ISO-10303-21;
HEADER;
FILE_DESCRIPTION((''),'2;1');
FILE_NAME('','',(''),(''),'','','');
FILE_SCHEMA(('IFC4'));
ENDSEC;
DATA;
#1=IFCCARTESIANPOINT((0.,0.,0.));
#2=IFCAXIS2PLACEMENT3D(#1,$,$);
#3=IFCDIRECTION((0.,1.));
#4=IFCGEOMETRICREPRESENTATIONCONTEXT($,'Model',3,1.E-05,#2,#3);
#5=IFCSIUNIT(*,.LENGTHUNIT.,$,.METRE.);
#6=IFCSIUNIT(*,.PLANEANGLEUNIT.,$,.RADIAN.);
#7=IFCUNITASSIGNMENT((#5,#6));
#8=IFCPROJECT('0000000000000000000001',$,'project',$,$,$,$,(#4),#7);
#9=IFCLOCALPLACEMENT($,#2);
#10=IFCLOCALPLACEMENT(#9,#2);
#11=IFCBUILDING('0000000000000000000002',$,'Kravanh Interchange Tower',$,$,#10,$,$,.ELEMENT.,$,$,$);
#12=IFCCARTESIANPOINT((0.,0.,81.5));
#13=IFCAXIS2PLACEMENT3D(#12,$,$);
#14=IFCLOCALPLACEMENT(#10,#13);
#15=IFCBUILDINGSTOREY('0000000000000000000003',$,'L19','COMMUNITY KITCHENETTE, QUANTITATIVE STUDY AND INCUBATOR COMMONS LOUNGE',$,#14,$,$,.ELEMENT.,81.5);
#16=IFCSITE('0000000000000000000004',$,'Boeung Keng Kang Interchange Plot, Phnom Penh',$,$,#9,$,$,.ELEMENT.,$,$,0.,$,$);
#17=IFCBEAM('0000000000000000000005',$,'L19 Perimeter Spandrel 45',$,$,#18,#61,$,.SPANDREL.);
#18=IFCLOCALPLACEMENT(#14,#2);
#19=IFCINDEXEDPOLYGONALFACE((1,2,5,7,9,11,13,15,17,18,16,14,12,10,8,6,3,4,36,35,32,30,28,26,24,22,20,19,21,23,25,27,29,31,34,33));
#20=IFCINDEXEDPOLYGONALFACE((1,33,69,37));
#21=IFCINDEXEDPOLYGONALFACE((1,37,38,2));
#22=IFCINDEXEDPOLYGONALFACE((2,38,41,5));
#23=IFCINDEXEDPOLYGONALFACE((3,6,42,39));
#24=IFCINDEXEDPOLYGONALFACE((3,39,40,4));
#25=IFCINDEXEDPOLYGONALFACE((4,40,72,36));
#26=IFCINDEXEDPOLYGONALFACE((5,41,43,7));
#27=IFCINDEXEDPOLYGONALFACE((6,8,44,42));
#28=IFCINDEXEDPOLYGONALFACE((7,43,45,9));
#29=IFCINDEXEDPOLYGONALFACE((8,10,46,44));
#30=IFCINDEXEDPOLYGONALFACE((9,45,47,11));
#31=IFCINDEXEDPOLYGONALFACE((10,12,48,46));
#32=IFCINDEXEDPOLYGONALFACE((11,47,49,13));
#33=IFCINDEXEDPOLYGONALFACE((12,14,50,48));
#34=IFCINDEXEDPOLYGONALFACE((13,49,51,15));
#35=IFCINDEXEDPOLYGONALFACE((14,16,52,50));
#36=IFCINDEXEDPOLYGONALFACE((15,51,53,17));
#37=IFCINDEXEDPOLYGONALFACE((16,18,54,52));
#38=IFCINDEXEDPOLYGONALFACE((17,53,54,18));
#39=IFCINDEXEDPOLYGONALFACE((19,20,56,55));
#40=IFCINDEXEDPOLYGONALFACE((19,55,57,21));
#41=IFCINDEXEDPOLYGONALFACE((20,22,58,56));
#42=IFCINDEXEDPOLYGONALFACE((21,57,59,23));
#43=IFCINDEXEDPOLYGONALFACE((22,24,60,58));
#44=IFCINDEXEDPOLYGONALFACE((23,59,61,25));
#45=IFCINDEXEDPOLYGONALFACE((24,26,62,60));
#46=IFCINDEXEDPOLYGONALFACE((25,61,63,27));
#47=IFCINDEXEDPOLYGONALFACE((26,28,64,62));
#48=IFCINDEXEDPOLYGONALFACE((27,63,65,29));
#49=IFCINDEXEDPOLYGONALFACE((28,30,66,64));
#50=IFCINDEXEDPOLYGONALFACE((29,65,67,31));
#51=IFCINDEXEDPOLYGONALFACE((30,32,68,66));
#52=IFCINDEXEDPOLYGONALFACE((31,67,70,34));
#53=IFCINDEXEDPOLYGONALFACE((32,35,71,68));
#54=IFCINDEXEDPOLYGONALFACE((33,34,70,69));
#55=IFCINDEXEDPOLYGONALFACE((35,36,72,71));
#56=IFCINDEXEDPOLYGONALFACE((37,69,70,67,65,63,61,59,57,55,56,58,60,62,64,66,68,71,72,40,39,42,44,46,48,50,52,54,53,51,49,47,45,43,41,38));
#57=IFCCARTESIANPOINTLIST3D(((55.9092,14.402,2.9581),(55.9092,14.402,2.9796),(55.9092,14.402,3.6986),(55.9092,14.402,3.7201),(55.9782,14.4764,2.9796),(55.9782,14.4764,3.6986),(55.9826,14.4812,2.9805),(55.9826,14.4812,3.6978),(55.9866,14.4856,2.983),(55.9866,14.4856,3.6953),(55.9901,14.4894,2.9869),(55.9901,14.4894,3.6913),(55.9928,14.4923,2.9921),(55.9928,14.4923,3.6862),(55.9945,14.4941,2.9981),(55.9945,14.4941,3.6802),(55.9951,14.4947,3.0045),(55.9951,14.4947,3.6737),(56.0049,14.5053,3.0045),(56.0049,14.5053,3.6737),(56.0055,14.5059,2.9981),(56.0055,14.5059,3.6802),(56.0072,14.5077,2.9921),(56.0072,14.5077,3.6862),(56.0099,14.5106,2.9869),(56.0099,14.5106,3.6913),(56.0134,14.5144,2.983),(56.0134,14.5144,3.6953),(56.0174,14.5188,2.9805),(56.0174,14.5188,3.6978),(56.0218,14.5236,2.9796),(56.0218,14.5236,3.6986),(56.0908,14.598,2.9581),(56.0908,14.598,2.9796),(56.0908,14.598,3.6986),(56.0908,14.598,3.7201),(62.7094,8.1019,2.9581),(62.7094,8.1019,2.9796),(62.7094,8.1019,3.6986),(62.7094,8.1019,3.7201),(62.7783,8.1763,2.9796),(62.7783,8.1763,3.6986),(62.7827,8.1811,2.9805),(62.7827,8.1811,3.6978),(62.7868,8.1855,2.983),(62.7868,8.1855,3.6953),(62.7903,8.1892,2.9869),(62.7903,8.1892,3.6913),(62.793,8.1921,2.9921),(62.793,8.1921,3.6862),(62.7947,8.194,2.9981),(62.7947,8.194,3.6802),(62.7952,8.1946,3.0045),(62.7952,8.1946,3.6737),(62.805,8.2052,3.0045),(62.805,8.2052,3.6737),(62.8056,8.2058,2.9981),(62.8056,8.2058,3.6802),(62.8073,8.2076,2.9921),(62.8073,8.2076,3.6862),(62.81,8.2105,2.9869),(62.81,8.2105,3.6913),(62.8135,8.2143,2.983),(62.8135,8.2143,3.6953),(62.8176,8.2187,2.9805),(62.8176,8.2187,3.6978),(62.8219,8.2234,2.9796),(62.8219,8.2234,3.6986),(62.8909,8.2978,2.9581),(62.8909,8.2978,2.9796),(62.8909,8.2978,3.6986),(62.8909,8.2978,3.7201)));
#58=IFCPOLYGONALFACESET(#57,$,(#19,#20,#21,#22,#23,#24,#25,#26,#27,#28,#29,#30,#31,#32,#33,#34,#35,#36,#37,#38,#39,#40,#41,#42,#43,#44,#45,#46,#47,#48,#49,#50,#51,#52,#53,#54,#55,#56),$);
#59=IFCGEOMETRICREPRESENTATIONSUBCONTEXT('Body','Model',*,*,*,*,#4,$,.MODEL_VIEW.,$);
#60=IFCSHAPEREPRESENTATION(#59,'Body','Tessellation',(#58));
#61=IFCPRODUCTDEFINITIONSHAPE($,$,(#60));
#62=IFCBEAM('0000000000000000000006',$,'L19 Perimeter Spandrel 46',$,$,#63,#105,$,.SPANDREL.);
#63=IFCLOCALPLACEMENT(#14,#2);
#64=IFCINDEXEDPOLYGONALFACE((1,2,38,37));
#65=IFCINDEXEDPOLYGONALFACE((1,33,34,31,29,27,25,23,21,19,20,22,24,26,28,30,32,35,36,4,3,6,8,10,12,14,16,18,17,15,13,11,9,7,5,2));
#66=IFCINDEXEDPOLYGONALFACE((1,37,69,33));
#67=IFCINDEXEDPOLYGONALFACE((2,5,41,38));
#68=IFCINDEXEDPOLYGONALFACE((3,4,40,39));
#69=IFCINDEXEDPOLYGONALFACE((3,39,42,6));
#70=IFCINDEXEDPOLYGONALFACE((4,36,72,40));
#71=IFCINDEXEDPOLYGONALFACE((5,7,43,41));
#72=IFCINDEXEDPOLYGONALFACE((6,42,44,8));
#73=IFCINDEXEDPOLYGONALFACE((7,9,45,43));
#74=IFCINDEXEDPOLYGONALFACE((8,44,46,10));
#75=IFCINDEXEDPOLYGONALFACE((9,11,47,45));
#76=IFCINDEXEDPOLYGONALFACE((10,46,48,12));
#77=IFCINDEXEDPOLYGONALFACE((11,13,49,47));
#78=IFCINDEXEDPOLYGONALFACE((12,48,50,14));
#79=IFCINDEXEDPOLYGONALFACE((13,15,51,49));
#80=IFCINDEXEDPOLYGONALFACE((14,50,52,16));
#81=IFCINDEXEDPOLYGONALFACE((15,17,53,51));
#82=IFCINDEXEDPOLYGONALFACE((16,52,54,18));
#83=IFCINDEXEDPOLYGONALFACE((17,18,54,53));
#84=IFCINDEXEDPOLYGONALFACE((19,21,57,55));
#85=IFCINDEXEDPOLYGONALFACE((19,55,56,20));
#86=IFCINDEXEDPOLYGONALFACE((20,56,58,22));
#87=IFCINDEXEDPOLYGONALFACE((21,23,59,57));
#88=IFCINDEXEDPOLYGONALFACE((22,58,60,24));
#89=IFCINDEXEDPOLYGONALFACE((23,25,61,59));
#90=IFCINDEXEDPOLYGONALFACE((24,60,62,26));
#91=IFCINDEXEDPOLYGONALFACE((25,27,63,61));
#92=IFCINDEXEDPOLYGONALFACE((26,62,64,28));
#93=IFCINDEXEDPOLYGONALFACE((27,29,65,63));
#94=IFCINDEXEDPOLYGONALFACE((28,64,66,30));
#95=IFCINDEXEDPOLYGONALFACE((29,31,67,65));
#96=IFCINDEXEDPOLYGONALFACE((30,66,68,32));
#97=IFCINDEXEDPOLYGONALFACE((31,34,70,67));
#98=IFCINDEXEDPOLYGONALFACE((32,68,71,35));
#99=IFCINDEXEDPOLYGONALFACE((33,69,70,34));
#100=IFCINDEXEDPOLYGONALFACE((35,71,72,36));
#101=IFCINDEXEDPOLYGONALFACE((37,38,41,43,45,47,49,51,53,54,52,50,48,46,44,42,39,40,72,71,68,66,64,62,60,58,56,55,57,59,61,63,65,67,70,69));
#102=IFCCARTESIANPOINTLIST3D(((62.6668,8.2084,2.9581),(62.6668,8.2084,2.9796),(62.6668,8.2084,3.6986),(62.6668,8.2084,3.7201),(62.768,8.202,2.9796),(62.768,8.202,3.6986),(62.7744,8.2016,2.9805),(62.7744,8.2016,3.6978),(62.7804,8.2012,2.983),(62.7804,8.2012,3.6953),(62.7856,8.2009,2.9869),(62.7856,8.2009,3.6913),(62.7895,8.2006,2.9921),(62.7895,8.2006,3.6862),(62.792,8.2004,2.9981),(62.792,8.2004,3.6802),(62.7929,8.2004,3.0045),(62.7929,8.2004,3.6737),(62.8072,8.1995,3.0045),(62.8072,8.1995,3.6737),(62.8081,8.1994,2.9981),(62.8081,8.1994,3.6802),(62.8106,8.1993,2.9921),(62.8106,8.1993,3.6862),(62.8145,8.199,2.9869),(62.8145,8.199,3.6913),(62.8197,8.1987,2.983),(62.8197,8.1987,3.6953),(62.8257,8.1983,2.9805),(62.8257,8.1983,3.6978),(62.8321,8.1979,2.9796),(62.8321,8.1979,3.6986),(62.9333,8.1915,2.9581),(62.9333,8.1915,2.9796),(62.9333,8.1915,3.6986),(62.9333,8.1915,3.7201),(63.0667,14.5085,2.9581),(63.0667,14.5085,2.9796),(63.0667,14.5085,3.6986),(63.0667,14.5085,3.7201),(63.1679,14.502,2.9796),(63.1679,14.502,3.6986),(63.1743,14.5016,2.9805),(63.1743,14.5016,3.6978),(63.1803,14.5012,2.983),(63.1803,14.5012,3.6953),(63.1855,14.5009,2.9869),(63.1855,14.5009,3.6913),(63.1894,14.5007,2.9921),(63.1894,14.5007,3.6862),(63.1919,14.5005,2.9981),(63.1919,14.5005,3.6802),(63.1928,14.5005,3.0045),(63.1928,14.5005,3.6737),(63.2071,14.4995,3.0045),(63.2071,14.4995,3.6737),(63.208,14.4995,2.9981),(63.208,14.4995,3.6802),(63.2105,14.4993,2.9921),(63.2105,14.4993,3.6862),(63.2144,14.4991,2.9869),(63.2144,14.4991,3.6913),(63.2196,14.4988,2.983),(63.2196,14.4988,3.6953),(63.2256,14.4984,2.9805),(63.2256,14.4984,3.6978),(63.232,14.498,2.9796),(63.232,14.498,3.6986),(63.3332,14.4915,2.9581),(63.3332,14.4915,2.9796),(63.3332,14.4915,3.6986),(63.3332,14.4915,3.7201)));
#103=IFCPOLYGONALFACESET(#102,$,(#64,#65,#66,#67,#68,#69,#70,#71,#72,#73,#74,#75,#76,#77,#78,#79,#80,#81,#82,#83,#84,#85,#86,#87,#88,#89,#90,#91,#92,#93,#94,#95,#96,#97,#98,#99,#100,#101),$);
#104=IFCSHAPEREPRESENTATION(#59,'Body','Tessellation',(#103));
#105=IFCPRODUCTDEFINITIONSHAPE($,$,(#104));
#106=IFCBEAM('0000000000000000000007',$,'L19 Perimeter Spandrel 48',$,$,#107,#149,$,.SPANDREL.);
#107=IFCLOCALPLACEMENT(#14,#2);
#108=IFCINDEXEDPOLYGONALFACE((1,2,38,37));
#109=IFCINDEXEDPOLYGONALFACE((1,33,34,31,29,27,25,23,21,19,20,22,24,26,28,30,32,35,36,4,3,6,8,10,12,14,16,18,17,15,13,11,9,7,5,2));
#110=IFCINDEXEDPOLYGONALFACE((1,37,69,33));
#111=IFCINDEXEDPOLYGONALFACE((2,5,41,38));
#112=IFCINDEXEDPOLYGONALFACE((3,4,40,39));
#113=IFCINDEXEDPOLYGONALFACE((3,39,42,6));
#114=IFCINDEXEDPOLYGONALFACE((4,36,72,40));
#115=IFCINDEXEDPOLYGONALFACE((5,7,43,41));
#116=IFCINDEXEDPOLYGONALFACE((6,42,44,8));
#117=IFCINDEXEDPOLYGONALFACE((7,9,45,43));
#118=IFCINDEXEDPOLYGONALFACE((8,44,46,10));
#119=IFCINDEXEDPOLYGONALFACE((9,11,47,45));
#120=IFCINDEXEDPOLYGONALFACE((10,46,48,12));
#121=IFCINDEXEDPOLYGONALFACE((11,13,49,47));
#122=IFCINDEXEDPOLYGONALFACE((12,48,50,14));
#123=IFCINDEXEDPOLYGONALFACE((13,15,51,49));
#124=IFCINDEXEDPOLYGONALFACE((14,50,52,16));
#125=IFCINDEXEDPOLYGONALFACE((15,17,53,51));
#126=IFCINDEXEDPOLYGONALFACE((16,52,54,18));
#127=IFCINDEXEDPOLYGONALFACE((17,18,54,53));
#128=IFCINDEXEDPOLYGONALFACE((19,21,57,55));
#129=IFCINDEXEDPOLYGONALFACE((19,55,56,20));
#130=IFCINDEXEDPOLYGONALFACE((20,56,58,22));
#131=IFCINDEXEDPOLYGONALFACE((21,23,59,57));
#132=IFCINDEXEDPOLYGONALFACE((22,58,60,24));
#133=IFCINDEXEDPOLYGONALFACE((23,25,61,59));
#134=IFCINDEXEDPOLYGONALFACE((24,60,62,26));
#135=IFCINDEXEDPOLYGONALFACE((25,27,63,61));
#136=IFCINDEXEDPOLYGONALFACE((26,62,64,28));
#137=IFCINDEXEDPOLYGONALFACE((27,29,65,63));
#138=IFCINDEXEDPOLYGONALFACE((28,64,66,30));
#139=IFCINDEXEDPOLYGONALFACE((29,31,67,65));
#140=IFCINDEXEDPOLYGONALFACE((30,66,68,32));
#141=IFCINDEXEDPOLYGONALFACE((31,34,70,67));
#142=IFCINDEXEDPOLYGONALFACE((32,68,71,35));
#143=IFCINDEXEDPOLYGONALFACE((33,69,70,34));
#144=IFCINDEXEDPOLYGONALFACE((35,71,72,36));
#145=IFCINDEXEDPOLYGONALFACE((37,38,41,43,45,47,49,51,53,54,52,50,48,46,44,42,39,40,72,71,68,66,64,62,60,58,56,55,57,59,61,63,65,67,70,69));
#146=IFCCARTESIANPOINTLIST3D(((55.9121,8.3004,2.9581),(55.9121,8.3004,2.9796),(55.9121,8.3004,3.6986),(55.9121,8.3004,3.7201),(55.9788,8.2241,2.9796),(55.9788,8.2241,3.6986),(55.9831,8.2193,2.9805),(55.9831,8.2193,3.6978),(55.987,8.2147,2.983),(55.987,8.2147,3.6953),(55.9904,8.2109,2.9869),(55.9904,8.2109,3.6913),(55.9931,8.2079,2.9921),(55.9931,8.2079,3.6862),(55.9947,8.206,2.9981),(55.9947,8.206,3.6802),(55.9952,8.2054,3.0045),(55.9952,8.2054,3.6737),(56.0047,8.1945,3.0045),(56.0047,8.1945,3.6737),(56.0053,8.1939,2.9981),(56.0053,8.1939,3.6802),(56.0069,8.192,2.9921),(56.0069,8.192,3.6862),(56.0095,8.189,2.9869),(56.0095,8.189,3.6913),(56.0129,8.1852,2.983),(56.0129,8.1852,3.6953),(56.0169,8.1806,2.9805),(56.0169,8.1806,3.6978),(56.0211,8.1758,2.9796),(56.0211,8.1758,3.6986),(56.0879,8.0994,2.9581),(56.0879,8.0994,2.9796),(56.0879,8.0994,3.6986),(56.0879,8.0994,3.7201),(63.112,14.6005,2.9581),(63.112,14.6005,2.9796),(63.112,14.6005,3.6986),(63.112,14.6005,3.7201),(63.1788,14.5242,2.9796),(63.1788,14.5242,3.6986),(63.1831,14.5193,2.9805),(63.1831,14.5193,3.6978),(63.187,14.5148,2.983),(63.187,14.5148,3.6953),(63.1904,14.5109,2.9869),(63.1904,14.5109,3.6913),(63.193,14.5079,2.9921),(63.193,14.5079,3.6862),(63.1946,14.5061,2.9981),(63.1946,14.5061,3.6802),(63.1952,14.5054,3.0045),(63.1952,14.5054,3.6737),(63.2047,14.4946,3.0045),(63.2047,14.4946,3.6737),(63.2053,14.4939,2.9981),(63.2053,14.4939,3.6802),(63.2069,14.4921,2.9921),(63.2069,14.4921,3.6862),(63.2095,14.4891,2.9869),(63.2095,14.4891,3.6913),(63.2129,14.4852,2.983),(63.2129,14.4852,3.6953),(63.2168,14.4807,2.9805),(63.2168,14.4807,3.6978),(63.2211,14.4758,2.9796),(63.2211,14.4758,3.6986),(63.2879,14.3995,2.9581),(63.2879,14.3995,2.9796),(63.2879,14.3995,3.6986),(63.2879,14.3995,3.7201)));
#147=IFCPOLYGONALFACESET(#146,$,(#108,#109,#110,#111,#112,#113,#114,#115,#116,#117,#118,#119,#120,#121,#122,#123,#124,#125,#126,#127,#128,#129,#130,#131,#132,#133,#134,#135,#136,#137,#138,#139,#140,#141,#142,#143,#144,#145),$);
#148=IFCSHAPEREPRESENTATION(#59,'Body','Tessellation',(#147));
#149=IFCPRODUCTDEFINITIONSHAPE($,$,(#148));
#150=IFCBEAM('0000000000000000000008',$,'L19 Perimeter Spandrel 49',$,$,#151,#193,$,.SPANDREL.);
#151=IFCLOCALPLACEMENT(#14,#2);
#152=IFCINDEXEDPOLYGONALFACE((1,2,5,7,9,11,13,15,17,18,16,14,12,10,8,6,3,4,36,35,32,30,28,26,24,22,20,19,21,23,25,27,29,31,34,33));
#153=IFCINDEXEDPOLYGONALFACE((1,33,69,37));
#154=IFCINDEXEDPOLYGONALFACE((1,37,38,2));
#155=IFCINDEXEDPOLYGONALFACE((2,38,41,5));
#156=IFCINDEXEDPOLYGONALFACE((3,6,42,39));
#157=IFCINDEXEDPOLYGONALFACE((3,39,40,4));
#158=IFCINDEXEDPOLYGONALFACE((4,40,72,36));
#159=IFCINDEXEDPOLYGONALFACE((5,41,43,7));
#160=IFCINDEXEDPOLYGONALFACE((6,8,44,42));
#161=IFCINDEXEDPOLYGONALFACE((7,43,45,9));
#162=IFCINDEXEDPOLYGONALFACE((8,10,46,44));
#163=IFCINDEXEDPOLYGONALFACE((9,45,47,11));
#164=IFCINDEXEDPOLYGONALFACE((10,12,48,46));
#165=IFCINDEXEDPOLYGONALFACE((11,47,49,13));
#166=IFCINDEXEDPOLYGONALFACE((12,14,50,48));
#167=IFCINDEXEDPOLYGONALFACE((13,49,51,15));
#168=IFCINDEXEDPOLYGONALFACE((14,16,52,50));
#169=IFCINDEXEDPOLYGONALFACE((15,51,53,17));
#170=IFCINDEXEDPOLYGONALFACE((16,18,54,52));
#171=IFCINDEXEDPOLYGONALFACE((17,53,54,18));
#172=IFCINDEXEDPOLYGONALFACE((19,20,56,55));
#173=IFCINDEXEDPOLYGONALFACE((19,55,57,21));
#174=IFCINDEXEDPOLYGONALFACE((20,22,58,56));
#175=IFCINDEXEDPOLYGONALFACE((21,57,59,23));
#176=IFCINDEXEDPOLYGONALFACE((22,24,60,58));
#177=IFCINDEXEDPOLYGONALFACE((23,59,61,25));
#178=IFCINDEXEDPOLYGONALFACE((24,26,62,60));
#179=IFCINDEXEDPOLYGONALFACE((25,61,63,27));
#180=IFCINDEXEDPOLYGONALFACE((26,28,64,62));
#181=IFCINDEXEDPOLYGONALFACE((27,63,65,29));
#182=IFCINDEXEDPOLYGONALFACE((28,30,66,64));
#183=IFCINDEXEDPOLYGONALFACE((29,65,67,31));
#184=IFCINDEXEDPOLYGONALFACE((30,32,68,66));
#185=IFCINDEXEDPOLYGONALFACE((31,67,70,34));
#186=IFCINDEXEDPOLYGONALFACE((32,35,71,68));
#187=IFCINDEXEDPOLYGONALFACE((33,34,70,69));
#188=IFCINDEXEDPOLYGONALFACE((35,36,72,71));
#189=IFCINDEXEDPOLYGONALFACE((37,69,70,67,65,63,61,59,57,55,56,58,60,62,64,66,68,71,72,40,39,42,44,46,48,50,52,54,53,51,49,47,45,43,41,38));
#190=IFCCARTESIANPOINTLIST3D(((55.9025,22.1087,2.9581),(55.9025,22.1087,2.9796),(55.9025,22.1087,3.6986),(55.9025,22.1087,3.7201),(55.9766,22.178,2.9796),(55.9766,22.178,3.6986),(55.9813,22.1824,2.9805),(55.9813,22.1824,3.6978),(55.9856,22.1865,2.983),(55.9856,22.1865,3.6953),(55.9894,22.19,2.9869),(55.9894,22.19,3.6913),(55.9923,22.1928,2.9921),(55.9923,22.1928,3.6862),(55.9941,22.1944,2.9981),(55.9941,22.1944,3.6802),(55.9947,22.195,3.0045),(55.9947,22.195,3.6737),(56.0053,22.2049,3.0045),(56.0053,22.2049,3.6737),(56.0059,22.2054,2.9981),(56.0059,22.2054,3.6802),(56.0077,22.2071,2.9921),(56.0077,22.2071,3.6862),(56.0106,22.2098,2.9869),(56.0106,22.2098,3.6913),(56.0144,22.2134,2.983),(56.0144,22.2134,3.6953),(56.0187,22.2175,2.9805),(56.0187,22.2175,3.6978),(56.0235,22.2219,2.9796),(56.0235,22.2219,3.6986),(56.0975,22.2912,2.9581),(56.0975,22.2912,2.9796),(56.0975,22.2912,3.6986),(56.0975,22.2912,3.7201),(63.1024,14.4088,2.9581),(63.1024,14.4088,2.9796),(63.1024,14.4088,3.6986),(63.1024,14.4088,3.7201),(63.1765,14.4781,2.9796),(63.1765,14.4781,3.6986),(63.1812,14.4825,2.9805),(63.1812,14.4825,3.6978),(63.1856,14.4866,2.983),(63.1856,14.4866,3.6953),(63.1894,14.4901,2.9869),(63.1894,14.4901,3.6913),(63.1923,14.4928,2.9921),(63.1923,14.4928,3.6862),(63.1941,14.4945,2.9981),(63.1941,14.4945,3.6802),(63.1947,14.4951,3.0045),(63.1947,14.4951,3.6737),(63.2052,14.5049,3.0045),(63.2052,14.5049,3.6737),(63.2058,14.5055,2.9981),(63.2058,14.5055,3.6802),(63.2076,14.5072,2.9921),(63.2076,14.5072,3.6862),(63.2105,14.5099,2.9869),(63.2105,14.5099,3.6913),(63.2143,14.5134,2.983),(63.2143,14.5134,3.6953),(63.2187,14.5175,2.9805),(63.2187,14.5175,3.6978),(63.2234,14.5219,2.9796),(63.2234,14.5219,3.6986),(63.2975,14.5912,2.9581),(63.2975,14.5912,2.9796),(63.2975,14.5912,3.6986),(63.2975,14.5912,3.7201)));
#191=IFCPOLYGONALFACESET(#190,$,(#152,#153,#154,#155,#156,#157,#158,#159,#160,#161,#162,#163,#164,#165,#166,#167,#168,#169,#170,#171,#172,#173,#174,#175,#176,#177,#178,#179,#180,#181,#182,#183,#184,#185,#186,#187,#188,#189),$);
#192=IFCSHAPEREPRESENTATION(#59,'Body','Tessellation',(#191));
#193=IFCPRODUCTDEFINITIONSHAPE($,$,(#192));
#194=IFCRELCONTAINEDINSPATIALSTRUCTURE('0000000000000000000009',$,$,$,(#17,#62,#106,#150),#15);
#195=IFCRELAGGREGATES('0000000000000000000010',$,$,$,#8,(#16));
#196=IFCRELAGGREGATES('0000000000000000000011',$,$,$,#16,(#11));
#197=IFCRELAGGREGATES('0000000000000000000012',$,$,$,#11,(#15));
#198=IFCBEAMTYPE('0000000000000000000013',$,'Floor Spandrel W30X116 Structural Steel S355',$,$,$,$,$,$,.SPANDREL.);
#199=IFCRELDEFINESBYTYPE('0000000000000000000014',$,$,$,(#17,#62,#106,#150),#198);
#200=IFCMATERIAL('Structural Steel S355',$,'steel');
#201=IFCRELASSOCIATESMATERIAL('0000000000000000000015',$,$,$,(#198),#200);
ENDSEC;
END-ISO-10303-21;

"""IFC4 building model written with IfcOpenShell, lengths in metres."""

from ifc_helpers import new_model, si_unit, direction, frame, origin, origin_2d, place, context, subcontext, project, spatial, i_section, extrude, material, material_profile, profile_set, type_object, element, save


model = new_model("IFC4")

# Units and contexts
model_context = context("Model", 3, precision=1e-05, world=origin(), true_north=direction((0.0, 1.0)))
body_context = subcontext(model_context, "Body", "Model", "MODEL_VIEW")
ifc_project = project(units=[si_unit("LENGTHUNIT", "METRE"), si_unit("PLANEANGLEUNIT", "RADIAN")], contexts=[model_context])

# Site, building, storey
site_placement = place(None, origin())
site = spatial("IfcSite", under=ifc_project, at=site_placement, Name="Boeung Keng Kang Interchange Plot, Phnom Penh", CompositionType="ELEMENT", RefElevation=0.0)
building_placement = place(site_placement, origin())
building = spatial("IfcBuilding", under=site, at=building_placement, Name="Kravanh Interchange Tower", CompositionType="ELEMENT")
storey_placement = place(building_placement, frame((0.0, 0.0, 81.5)))
storey = spatial("IfcBuildingStorey", under=building, at=storey_placement, Name="L19", Description="COMMUNITY KITCHENETTE, QUANTITATIVE STUDY AND INCUBATOR COMMONS LOUNGE", CompositionType="ELEMENT", Elevation=81.5)

# Beams
ifc_material_1 = material(Name="Structural Steel S355", Category="steel")
ifc_material_profile_1 = material_profile(ifc_material_1, i_section(OverallWidth=0.2671, OverallDepth=0.762, WebThickness=0.0144, FlangeThickness=0.0215, FilletRadius=0.0249, at=origin_2d()), Name="W30X116")
ifc_profile_set_1 = profile_set([ifc_material_profile_1], Name="Structural Steel S355")
beam_type_1 = type_object("IfcBeamType", Name="Floor Spandrel W30X116 Structural Steel S355", PredefinedType="SPANDREL", material=ifc_profile_set_1)
beam_1_placement = place(storey_placement, frame((56.0, 14.5, 3.3391), z_axis=(0.733561, -0.679623, 0.0), x_axis=(0.679623, 0.733561, 0.0)))
element("IfcBeam", 1, at=beam_1_placement, inside=storey, type_object=beam_type_1, Name="L19 Perimeter Spandrel 45", PredefinedType="SPANDREL", context=body_context, shape_type="SweptSolid", body=[
    extrude(i_section(OverallWidth=0.2671, OverallDepth=0.762, WebThickness=0.0144, FlangeThickness=0.0215, FilletRadius=0.0249, at=origin_2d()), origin(), (0.0, 0.0, 1.0), 9.27),
])
beam_2_placement = place(storey_placement, frame((63.2, 14.5, 3.3391), z_axis=(-0.063349, -0.997991, 0.0), x_axis=(0.997991, -0.063349, 0.0)))
element("IfcBeam", 2, at=beam_2_placement, inside=storey, type_object=beam_type_1, Name="L19 Perimeter Spandrel 46", PredefinedType="SPANDREL", context=body_context, shape_type="SweptSolid", body=[
    extrude(i_section(OverallWidth=0.2671, OverallDepth=0.762, WebThickness=0.0144, FlangeThickness=0.0215, FilletRadius=0.0249, at=origin_2d()), origin(), (0.0, 0.0, 1.0), 6.3127),
])
beam_3_placement = place(storey_placement, frame((63.2, 14.5, 3.3391), z_axis=(-0.752572, -0.65851, 0.0), x_axis=(0.65851, -0.752572, 0.0)))
element("IfcBeam", 3, at=beam_3_placement, inside=storey, type_object=beam_type_1, Name="L19 Perimeter Spandrel 48", PredefinedType="SPANDREL", context=body_context, shape_type="SweptSolid", body=[
    extrude(i_section(OverallWidth=0.2671, OverallDepth=0.762, WebThickness=0.0144, FlangeThickness=0.0215, FilletRadius=0.0249, at=origin_2d()), origin(), (0.0, 0.0, 1.0), 9.5671),
])
beam_4_placement = place(storey_placement, frame((63.2, 14.5, 3.3391), z_axis=(-0.682994, 0.730424, 0.0), x_axis=(-0.730424, -0.682994, 0.0)))
element("IfcBeam", 4, at=beam_4_placement, inside=storey, type_object=beam_type_1, Name="L19 Perimeter Spandrel 49", PredefinedType="SPANDREL", context=body_context, shape_type="SweptSolid", body=[
    extrude(i_section(OverallWidth=0.2671, OverallDepth=0.762, WebThickness=0.0144, FlangeThickness=0.0215, FilletRadius=0.0249, at=origin_2d()), origin(), (0.0, 0.0, 1.0), 10.5417),
])

save(model, "model.ifc")
